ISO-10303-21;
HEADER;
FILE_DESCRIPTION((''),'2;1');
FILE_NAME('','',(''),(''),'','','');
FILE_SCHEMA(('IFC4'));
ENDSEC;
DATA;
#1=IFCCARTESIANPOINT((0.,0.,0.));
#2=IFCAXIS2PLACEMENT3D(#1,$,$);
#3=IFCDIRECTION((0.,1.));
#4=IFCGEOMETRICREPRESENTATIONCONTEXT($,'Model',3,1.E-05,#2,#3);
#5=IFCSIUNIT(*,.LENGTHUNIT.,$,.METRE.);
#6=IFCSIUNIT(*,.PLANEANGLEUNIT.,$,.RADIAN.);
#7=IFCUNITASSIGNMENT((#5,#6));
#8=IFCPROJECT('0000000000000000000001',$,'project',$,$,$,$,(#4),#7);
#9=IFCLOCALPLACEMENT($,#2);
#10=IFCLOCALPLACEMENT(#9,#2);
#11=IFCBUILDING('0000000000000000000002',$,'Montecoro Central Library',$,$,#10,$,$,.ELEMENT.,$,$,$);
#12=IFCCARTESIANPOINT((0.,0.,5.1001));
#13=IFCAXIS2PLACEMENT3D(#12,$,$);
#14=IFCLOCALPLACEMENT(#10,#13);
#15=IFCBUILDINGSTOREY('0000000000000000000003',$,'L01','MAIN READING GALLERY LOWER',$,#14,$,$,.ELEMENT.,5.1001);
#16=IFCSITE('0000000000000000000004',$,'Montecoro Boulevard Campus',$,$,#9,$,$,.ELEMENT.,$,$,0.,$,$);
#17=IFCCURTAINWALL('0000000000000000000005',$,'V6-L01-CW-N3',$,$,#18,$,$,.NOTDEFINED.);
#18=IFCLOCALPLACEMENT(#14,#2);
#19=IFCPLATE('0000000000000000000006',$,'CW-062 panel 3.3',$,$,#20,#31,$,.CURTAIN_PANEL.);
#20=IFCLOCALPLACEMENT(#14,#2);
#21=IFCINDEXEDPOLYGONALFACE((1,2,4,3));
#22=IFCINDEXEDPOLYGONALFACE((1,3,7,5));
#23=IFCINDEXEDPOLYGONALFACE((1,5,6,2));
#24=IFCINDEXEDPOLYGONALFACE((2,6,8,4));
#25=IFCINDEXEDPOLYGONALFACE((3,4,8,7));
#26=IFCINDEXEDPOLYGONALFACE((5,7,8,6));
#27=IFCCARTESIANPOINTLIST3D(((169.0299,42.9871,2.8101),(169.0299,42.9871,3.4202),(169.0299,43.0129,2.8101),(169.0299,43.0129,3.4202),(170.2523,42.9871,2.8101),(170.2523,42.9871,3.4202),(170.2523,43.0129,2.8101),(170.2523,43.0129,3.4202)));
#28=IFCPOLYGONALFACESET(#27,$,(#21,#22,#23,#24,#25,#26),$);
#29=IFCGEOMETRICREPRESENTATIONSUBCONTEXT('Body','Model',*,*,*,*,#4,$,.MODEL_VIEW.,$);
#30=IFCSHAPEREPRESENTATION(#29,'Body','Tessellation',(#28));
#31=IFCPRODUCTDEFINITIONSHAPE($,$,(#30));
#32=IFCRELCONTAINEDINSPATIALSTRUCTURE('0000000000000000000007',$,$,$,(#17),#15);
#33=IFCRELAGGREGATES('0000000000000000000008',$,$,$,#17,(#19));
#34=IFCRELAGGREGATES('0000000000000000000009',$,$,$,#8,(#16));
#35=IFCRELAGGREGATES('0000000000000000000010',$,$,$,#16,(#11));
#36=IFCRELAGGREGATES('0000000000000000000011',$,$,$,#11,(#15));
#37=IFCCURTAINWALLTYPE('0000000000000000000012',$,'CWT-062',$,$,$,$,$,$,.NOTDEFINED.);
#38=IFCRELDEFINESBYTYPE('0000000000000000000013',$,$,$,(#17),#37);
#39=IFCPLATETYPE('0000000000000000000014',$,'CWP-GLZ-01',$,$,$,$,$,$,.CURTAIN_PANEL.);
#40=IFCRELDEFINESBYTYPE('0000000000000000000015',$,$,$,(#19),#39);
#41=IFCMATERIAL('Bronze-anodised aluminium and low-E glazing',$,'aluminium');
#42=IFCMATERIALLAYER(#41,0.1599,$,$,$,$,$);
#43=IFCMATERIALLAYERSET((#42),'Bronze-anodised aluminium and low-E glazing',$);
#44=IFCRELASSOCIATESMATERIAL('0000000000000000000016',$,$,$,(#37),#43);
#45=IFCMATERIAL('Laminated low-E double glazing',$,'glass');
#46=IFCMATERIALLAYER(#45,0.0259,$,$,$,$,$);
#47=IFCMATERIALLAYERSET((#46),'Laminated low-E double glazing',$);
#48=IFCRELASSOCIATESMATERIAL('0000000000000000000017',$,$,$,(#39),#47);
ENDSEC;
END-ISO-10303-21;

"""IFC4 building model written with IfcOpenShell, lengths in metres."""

from ifc_helpers import new_model, si_unit, direction, frame, origin, origin_2d, place, context, subcontext, project, spatial, rectangle, extrude, material, layer, layer_set, type_object, element, aggregate, save


model = new_model("IFC4")

# Units and contexts
model_context = context("Model", 3, precision=1e-05, world=origin(), true_north=direction((0.0, 1.0)))
body_context = subcontext(model_context, "Body", "Model", "MODEL_VIEW")
ifc_project = project(units=[si_unit("LENGTHUNIT", "METRE"), si_unit("PLANEANGLEUNIT", "RADIAN")], contexts=[model_context])

# Site, building, storey
site_placement = place(None, origin())
site = spatial("IfcSite", under=ifc_project, at=site_placement, Name="Montecoro Boulevard Campus", CompositionType="ELEMENT", RefElevation=0.0)
building_placement = place(site_placement, origin())
building = spatial("IfcBuilding", under=site, at=building_placement, Name="Montecoro Central Library", CompositionType="ELEMENT")
storey_placement = place(building_placement, frame((0.0, 0.0, 5.1001)))
storey = spatial("IfcBuildingStorey", under=building, at=storey_placement, Name="L01", Description="MAIN READING GALLERY LOWER", CompositionType="ELEMENT", Elevation=5.1001)

# Curtain wall, plate
ifc_material_1 = material(Name="Bronze-anodised aluminium and low-E glazing", Category="aluminium")
ifc_layer_1 = layer(ifc_material_1, 0.1599)
ifc_layer_set_1 = layer_set([ifc_layer_1], Name="Bronze-anodised aluminium and low-E glazing")
curtain_wall_type = type_object("IfcCurtainWallType", Name="CWT-062", PredefinedType="NOTDEFINED", material=ifc_layer_set_1)
curtain_wall_placement = place(storey_placement, origin())
curtain_wall = element("IfcCurtainWall", 1, at=curtain_wall_placement, inside=storey, type_object=curtain_wall_type, Name="V6-L01-CW-N3", PredefinedType="NOTDEFINED")
ifc_material_2 = material(Name="Laminated low-E double glazing", Category="glass")
ifc_layer_2 = layer(ifc_material_2, 0.0259)
ifc_layer_set_2 = layer_set([ifc_layer_2], Name="Laminated low-E double glazing")
plate_type = type_object("IfcPlateType", Name="CWP-GLZ-01", PredefinedType="CURTAIN_PANEL", material=ifc_layer_set_2)
plate_1_placement = place(storey_placement, frame((169.6411, 43.0, 2.8101), z_axis=(0.0, 0.0, 1.0), x_axis=(-1.0, 0.0, 0.0)))
plate_1 = element("IfcPlate", 2, at=plate_1_placement, type_object=plate_type, Name="CW-062 panel 3.3", PredefinedType="CURTAIN_PANEL", context=body_context, shape_type="SweptSolid", body=[
    extrude(rectangle(XDim=1.2224, YDim=0.0259, at=origin_2d()), origin(), (0.0, 0.0, 1.0), 0.6101),
])
aggregate(curtain_wall, [plate_1])

save(model, "model.ifc")
